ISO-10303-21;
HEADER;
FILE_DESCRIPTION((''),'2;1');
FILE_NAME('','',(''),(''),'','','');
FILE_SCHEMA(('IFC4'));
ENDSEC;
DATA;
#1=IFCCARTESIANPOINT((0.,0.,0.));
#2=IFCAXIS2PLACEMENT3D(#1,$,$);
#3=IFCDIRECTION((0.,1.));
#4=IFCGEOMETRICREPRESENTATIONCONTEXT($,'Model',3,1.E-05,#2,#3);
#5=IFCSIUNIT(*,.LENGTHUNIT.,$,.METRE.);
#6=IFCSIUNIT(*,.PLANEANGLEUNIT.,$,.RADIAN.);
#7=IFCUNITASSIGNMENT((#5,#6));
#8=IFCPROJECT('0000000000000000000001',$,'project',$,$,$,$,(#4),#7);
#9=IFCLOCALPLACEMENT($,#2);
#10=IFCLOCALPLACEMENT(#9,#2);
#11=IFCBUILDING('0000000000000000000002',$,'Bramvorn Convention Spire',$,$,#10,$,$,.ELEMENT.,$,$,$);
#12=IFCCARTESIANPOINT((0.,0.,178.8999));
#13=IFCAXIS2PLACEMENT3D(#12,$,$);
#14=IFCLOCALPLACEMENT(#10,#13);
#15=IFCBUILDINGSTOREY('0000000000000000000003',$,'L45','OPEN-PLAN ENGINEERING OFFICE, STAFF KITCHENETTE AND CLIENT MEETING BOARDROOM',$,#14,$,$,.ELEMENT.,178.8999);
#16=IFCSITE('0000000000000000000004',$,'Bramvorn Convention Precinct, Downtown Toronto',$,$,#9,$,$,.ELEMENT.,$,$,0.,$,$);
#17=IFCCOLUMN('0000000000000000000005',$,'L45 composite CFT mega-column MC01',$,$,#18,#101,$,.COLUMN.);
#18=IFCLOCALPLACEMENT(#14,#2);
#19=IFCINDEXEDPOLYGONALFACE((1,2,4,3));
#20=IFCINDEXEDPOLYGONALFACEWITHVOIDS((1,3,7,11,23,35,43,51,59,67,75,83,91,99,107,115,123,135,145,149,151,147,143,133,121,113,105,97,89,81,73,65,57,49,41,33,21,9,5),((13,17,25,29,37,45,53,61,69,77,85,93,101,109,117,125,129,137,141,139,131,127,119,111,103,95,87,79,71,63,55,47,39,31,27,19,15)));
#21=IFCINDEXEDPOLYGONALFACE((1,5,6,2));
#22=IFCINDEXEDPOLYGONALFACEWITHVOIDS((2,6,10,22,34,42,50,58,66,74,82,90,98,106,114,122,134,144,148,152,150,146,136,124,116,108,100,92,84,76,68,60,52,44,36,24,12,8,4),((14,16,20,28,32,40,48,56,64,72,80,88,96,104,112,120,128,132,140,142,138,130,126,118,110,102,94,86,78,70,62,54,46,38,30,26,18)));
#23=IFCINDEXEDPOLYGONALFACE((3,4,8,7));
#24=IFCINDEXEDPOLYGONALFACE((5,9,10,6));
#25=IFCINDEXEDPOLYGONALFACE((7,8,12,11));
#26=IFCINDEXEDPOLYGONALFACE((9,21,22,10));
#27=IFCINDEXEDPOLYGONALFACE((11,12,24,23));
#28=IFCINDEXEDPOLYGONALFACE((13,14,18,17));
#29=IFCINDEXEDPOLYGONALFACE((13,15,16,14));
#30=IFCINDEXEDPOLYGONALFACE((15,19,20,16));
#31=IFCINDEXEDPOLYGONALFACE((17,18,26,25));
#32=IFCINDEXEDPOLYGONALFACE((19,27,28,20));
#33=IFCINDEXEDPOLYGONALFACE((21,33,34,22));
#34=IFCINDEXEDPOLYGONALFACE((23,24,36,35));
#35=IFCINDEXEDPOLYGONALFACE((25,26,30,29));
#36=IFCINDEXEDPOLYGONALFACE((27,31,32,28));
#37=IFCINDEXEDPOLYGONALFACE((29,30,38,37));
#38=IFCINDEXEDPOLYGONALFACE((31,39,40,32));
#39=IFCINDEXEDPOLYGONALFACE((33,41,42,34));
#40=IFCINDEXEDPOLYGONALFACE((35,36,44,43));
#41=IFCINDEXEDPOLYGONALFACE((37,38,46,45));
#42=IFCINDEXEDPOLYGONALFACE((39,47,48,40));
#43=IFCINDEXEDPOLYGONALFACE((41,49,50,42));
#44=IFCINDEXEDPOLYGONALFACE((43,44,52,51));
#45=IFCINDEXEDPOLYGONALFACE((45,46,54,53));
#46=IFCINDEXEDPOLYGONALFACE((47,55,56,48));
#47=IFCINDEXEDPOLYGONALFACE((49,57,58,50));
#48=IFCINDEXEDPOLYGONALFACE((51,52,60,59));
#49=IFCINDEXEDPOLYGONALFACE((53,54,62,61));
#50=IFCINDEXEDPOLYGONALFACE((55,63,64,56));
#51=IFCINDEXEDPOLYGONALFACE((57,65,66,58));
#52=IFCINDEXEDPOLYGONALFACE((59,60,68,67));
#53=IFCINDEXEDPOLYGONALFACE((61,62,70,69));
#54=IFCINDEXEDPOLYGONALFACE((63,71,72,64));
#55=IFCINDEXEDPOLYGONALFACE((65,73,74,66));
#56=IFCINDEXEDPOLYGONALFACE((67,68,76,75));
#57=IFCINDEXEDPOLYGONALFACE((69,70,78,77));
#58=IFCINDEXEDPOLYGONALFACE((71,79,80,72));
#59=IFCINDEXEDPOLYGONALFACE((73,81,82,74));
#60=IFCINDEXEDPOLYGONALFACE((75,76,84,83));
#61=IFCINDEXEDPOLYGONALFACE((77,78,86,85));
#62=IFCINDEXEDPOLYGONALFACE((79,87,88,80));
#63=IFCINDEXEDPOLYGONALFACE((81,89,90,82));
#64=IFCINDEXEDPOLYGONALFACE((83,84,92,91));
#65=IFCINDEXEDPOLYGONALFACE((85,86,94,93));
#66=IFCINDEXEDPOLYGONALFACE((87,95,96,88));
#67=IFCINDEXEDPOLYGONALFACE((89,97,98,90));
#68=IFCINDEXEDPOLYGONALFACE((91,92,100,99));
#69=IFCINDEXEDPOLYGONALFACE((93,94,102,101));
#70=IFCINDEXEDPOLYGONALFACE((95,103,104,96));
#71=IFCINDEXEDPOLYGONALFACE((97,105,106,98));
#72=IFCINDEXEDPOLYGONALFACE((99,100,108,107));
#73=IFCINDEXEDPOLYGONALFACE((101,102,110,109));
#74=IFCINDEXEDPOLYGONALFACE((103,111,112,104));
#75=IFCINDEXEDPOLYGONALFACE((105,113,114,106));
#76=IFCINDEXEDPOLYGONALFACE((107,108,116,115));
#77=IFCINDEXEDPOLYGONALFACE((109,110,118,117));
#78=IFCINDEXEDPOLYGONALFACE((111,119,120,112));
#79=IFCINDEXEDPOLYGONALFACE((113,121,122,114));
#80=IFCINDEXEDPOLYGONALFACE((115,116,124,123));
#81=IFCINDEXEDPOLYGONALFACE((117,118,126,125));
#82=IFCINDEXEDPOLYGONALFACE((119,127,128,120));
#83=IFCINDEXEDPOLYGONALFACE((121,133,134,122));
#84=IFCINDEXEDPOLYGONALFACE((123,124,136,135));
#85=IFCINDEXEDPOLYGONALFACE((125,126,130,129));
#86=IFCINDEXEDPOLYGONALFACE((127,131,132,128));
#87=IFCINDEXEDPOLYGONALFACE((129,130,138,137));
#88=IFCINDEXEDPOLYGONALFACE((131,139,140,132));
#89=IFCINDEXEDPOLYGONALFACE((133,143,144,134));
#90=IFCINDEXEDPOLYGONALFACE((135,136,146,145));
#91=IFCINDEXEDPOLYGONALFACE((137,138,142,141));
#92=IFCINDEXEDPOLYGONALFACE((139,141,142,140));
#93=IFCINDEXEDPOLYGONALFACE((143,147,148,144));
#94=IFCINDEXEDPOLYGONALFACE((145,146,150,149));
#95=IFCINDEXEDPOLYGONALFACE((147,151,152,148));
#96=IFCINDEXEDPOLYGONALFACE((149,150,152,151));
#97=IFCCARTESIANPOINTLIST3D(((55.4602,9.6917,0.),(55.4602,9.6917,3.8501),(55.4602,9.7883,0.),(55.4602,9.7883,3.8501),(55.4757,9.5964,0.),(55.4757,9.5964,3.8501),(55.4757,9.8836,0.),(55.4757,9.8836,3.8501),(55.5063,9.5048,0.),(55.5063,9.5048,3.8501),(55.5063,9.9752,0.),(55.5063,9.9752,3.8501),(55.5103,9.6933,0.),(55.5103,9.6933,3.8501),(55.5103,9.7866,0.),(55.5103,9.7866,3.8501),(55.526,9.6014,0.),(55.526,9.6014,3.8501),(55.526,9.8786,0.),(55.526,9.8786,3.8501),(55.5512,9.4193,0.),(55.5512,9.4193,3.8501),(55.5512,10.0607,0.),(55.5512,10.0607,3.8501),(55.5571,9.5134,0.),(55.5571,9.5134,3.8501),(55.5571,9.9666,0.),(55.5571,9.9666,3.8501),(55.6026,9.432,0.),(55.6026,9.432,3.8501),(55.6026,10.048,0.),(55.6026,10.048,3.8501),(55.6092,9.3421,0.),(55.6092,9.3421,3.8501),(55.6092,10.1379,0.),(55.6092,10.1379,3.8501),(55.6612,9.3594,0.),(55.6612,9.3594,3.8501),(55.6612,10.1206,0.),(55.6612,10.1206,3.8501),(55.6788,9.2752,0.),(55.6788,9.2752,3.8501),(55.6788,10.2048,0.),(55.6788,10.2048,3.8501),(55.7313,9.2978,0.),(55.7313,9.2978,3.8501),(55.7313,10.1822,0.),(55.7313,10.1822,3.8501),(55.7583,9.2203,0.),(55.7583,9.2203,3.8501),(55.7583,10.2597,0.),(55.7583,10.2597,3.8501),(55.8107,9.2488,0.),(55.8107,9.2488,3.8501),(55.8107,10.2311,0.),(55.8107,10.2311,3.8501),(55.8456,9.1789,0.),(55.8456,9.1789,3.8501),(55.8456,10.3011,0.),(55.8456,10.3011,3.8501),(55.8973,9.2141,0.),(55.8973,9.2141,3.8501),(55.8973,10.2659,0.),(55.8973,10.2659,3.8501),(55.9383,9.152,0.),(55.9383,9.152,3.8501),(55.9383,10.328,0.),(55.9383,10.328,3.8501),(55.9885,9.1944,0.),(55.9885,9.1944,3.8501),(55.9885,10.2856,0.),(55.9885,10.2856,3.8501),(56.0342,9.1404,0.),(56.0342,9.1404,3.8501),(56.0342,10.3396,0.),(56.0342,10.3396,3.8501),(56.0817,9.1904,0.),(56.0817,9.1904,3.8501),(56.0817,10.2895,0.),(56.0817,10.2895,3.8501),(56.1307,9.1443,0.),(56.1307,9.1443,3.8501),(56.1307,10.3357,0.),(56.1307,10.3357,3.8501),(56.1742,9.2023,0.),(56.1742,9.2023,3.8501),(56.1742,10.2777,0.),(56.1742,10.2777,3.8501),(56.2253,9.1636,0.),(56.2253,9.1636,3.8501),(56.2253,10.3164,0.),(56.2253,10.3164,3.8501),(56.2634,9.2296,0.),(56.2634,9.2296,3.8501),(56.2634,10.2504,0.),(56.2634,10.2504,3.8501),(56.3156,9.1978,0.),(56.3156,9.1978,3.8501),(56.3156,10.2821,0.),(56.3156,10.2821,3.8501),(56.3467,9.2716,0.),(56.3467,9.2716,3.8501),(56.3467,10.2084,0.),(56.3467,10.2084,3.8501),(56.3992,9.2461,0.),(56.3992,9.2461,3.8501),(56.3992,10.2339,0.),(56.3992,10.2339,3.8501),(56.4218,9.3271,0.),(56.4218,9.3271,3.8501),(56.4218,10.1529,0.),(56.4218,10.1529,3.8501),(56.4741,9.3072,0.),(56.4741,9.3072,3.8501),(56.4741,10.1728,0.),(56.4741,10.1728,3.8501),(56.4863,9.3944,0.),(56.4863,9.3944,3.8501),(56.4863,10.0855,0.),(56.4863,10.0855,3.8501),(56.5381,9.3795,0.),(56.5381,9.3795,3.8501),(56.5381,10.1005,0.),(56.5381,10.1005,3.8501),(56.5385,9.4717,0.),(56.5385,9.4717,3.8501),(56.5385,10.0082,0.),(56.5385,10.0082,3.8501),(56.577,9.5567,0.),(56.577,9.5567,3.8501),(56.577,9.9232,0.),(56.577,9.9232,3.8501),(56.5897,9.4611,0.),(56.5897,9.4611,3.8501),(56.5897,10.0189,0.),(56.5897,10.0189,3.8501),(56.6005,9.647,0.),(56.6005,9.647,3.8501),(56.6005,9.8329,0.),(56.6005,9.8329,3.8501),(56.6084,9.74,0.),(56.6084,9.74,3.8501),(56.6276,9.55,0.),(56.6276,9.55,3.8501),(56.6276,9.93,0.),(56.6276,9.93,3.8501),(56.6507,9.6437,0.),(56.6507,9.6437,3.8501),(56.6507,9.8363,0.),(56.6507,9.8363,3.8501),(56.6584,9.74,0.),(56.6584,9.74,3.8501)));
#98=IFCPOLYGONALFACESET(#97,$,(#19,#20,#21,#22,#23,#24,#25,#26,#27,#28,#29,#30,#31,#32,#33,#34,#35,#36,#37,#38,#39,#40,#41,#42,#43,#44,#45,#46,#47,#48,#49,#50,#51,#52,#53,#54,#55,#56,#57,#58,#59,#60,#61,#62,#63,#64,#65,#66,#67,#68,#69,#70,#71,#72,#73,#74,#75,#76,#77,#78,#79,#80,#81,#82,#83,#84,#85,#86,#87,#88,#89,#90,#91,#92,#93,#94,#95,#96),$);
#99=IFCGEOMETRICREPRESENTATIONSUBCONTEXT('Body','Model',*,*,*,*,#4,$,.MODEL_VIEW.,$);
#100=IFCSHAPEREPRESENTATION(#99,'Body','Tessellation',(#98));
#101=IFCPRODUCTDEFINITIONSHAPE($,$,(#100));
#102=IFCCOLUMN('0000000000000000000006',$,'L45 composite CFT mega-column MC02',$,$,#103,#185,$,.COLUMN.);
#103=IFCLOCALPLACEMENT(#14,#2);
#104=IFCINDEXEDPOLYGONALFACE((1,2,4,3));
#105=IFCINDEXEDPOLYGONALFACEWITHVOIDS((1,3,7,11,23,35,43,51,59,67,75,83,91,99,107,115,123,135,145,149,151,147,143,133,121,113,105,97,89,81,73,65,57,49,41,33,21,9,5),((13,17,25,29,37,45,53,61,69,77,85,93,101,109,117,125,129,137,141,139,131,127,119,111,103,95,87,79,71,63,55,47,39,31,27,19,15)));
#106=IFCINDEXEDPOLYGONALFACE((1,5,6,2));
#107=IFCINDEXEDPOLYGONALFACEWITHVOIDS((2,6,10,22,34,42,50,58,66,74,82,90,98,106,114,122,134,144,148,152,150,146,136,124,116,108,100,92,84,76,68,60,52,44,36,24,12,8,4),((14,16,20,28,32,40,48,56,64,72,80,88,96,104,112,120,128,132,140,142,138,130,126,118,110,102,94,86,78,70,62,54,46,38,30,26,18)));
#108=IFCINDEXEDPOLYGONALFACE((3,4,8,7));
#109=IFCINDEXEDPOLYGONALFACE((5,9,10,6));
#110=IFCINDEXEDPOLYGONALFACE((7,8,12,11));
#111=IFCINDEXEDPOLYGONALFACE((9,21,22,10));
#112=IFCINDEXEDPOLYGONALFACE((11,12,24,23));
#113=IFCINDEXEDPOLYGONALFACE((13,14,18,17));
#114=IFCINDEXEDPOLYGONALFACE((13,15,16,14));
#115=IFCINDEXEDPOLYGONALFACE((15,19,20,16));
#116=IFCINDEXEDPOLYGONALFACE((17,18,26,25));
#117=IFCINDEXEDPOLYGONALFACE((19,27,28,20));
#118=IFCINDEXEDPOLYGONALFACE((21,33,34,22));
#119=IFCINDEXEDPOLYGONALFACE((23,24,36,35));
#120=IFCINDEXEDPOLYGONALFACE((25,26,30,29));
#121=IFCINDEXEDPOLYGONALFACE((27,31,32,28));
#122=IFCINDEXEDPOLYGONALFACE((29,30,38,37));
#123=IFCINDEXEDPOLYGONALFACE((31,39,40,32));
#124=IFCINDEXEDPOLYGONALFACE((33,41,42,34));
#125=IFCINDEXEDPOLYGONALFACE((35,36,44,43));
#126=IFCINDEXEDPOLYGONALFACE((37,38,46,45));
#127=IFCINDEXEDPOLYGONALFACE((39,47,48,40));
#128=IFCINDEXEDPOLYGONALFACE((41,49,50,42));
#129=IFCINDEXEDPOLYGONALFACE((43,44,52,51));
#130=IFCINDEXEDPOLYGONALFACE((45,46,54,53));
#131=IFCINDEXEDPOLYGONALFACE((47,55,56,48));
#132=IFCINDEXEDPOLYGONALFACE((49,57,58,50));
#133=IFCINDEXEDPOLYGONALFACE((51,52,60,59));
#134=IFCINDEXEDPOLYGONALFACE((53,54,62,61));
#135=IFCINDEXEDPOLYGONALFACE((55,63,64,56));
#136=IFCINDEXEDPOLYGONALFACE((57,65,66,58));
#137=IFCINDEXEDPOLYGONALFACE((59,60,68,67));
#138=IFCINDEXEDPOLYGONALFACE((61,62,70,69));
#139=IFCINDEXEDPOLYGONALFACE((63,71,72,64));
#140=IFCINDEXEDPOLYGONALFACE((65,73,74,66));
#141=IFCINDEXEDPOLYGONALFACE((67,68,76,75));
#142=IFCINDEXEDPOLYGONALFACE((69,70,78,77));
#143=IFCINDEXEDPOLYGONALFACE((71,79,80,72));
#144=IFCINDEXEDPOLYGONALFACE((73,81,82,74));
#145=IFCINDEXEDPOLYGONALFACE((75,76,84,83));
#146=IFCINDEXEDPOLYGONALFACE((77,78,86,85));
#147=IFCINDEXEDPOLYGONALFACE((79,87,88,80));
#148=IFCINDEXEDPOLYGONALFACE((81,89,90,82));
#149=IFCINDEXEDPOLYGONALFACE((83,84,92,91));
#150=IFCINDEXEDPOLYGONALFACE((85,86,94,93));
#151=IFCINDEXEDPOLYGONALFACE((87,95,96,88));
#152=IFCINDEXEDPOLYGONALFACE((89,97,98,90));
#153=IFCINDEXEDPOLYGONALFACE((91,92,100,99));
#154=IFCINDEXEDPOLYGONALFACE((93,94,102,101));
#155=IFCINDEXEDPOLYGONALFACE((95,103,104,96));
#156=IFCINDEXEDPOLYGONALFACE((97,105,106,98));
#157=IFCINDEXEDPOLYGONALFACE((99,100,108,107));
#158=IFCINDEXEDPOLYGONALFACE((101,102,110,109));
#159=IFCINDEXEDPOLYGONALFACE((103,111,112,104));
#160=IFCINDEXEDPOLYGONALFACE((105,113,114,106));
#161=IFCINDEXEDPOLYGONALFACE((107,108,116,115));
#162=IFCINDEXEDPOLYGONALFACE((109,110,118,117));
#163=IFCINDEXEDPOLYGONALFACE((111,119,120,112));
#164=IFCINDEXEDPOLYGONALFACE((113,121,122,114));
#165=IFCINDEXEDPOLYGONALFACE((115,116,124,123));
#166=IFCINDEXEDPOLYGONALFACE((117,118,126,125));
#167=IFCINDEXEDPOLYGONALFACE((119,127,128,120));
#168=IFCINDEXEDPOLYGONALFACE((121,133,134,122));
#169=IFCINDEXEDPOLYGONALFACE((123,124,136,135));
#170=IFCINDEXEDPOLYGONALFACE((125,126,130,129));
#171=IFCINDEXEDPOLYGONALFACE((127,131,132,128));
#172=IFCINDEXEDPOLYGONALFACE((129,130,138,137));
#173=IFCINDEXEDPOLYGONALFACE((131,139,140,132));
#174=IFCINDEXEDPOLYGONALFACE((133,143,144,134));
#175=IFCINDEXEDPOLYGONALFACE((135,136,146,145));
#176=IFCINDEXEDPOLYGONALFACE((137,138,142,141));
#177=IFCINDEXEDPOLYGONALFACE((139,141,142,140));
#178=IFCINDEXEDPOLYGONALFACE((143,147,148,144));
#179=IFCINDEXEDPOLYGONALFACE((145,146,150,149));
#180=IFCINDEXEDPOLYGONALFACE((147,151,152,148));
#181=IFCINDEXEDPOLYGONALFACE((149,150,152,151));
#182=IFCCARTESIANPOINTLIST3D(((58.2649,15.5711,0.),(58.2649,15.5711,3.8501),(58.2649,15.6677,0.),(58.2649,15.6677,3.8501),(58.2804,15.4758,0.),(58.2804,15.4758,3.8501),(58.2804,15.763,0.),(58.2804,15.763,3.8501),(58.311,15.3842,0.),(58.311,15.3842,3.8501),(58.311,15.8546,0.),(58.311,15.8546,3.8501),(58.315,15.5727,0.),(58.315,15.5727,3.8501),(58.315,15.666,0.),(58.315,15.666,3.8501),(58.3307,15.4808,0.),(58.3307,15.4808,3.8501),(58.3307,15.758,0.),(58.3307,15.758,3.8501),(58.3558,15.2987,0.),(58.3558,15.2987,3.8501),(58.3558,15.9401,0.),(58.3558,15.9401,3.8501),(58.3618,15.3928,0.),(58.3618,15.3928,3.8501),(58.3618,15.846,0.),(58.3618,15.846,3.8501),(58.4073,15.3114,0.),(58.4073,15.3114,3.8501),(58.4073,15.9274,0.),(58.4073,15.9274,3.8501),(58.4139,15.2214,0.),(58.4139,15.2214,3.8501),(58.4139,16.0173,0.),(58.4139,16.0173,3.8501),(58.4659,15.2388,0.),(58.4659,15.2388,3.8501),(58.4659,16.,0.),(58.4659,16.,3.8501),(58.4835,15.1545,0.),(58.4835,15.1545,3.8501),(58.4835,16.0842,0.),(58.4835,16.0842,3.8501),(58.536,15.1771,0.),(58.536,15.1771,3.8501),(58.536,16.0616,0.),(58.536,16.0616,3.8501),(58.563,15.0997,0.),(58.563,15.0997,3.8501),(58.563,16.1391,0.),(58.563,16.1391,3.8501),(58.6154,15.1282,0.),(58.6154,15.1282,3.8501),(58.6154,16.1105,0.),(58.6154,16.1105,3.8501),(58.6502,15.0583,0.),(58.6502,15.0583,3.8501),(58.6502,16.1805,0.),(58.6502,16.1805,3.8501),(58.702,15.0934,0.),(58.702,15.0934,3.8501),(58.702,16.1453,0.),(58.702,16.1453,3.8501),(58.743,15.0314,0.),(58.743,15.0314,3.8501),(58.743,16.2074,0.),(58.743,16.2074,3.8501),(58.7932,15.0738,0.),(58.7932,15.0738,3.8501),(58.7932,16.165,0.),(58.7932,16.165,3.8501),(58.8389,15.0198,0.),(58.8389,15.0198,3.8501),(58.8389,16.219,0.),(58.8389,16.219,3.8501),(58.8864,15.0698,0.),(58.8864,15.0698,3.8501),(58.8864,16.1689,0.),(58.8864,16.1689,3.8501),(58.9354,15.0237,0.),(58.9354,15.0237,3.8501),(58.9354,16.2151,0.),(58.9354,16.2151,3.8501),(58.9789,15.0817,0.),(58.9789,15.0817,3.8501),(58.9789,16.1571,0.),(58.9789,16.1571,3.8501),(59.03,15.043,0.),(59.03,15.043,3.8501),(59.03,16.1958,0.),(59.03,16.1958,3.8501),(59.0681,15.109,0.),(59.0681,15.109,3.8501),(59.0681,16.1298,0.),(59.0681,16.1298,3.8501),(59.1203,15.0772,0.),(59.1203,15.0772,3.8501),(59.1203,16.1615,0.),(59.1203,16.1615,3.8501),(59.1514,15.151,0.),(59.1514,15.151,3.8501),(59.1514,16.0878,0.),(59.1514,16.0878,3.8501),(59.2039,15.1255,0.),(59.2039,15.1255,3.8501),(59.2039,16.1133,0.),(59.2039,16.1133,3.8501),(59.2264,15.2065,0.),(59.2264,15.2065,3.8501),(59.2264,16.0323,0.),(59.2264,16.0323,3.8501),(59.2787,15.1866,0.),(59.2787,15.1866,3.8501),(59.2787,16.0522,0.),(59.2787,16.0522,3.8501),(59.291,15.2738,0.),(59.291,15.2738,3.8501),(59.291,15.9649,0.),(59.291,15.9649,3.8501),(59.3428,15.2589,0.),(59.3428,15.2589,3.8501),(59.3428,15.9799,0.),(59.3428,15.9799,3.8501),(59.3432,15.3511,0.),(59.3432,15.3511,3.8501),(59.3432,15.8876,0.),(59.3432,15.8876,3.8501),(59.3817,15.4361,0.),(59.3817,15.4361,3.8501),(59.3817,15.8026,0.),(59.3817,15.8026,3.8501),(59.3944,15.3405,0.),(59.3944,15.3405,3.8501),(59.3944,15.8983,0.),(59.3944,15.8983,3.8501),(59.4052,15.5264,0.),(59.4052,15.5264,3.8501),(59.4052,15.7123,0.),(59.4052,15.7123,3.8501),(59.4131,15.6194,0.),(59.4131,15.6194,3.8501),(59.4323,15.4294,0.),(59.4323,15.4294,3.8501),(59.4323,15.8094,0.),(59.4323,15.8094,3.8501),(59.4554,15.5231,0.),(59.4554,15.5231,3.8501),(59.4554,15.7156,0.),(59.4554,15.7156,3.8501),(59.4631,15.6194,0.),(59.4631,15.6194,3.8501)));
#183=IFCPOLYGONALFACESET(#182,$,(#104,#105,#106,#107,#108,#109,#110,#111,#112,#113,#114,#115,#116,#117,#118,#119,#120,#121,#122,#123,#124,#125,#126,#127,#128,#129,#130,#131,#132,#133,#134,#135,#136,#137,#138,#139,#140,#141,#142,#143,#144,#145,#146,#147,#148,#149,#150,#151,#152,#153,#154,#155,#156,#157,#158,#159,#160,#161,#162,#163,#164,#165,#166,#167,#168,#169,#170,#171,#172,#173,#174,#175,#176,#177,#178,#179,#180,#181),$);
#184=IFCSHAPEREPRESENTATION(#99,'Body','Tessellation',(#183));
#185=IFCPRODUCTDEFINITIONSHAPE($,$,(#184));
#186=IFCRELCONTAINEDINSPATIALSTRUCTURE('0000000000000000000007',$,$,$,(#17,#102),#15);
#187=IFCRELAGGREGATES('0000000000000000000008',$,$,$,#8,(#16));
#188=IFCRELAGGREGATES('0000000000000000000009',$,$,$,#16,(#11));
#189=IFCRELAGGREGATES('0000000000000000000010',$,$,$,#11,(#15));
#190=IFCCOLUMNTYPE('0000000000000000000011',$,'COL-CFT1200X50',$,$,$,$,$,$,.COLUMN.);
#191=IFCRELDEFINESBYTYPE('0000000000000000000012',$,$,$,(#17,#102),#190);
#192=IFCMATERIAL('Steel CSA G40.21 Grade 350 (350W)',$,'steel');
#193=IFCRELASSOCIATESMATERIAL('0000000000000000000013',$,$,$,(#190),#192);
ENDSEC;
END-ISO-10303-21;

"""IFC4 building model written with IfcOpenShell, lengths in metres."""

from ifc_helpers import new_model, si_unit, direction, frame, origin, origin_2d, place, context, subcontext, project, spatial, hollow_circle, extrude, material, material_profile, profile_set, type_object, element, save


model = new_model("IFC4")

# Units and contexts
model_context = context("Model", 3, precision=1e-05, world=origin(), true_north=direction((0.0, 1.0)))
body_context = subcontext(model_context, "Body", "Model", "MODEL_VIEW")
ifc_project = project(units=[si_unit("LENGTHUNIT", "METRE"), si_unit("PLANEANGLEUNIT", "RADIAN")], contexts=[model_context])

# Site, building, storey
site_placement = place(None, origin())
site = spatial("IfcSite", under=ifc_project, at=site_placement, Name="Bramvorn Convention Precinct, Downtown Toronto", CompositionType="ELEMENT", RefElevation=0.0)
building_placement = place(site_placement, origin())
building = spatial("IfcBuilding", under=site, at=building_placement, Name="Bramvorn Convention Spire", CompositionType="ELEMENT")
storey_placement = place(building_placement, frame((0.0, 0.0, 178.8999)))
storey = spatial("IfcBuildingStorey", under=building, at=storey_placement, Name="L45", Description="OPEN-PLAN ENGINEERING OFFICE, STAFF KITCHENETTE AND CLIENT MEETING BOARDROOM", CompositionType="ELEMENT", Elevation=178.8999)

# Columns
ifc_material_1 = material(Name="Steel CSA G40.21 Grade 350 (350W)", Category="steel")
ifc_material_profile_1 = material_profile(ifc_material_1, hollow_circle(Radius=0.6001, WallThickness=0.05, at=origin_2d()))
ifc_profile_set_1 = profile_set([ifc_material_profile_1], Name="Steel CSA G40.21 Grade 350 (350W) - CFT1200X50")
column_type = type_object("IfcColumnType", Name="COL-CFT1200X50", PredefinedType="COLUMN", material=ifc_profile_set_1)
for number, where, z_axis, x_axis, name in (
    (1, (56.0583, 9.74, 0.0), (0.0, 0.0, 1.0), (1.0, 0.0, 0.0), "L45 composite CFT mega-column MC01"),
    (2, (58.863, 15.6194, 0.0), (0.0, 0.0, 1.0), (1.0, 0.0, 0.0), "L45 composite CFT mega-column MC02"),
):
    element("IfcColumn", number, at=place(storey_placement, frame(where, z_axis=z_axis, x_axis=x_axis)), inside=storey, type_object=column_type, Name=name, PredefinedType="COLUMN", context=body_context, shape_type="SweptSolid", body=[
        extrude(hollow_circle(Radius=0.6001, WallThickness=0.05, at=origin_2d()), origin(), (0.0, 0.0, 1.0), 3.8501),
    ])

save(model, "model.ifc")
